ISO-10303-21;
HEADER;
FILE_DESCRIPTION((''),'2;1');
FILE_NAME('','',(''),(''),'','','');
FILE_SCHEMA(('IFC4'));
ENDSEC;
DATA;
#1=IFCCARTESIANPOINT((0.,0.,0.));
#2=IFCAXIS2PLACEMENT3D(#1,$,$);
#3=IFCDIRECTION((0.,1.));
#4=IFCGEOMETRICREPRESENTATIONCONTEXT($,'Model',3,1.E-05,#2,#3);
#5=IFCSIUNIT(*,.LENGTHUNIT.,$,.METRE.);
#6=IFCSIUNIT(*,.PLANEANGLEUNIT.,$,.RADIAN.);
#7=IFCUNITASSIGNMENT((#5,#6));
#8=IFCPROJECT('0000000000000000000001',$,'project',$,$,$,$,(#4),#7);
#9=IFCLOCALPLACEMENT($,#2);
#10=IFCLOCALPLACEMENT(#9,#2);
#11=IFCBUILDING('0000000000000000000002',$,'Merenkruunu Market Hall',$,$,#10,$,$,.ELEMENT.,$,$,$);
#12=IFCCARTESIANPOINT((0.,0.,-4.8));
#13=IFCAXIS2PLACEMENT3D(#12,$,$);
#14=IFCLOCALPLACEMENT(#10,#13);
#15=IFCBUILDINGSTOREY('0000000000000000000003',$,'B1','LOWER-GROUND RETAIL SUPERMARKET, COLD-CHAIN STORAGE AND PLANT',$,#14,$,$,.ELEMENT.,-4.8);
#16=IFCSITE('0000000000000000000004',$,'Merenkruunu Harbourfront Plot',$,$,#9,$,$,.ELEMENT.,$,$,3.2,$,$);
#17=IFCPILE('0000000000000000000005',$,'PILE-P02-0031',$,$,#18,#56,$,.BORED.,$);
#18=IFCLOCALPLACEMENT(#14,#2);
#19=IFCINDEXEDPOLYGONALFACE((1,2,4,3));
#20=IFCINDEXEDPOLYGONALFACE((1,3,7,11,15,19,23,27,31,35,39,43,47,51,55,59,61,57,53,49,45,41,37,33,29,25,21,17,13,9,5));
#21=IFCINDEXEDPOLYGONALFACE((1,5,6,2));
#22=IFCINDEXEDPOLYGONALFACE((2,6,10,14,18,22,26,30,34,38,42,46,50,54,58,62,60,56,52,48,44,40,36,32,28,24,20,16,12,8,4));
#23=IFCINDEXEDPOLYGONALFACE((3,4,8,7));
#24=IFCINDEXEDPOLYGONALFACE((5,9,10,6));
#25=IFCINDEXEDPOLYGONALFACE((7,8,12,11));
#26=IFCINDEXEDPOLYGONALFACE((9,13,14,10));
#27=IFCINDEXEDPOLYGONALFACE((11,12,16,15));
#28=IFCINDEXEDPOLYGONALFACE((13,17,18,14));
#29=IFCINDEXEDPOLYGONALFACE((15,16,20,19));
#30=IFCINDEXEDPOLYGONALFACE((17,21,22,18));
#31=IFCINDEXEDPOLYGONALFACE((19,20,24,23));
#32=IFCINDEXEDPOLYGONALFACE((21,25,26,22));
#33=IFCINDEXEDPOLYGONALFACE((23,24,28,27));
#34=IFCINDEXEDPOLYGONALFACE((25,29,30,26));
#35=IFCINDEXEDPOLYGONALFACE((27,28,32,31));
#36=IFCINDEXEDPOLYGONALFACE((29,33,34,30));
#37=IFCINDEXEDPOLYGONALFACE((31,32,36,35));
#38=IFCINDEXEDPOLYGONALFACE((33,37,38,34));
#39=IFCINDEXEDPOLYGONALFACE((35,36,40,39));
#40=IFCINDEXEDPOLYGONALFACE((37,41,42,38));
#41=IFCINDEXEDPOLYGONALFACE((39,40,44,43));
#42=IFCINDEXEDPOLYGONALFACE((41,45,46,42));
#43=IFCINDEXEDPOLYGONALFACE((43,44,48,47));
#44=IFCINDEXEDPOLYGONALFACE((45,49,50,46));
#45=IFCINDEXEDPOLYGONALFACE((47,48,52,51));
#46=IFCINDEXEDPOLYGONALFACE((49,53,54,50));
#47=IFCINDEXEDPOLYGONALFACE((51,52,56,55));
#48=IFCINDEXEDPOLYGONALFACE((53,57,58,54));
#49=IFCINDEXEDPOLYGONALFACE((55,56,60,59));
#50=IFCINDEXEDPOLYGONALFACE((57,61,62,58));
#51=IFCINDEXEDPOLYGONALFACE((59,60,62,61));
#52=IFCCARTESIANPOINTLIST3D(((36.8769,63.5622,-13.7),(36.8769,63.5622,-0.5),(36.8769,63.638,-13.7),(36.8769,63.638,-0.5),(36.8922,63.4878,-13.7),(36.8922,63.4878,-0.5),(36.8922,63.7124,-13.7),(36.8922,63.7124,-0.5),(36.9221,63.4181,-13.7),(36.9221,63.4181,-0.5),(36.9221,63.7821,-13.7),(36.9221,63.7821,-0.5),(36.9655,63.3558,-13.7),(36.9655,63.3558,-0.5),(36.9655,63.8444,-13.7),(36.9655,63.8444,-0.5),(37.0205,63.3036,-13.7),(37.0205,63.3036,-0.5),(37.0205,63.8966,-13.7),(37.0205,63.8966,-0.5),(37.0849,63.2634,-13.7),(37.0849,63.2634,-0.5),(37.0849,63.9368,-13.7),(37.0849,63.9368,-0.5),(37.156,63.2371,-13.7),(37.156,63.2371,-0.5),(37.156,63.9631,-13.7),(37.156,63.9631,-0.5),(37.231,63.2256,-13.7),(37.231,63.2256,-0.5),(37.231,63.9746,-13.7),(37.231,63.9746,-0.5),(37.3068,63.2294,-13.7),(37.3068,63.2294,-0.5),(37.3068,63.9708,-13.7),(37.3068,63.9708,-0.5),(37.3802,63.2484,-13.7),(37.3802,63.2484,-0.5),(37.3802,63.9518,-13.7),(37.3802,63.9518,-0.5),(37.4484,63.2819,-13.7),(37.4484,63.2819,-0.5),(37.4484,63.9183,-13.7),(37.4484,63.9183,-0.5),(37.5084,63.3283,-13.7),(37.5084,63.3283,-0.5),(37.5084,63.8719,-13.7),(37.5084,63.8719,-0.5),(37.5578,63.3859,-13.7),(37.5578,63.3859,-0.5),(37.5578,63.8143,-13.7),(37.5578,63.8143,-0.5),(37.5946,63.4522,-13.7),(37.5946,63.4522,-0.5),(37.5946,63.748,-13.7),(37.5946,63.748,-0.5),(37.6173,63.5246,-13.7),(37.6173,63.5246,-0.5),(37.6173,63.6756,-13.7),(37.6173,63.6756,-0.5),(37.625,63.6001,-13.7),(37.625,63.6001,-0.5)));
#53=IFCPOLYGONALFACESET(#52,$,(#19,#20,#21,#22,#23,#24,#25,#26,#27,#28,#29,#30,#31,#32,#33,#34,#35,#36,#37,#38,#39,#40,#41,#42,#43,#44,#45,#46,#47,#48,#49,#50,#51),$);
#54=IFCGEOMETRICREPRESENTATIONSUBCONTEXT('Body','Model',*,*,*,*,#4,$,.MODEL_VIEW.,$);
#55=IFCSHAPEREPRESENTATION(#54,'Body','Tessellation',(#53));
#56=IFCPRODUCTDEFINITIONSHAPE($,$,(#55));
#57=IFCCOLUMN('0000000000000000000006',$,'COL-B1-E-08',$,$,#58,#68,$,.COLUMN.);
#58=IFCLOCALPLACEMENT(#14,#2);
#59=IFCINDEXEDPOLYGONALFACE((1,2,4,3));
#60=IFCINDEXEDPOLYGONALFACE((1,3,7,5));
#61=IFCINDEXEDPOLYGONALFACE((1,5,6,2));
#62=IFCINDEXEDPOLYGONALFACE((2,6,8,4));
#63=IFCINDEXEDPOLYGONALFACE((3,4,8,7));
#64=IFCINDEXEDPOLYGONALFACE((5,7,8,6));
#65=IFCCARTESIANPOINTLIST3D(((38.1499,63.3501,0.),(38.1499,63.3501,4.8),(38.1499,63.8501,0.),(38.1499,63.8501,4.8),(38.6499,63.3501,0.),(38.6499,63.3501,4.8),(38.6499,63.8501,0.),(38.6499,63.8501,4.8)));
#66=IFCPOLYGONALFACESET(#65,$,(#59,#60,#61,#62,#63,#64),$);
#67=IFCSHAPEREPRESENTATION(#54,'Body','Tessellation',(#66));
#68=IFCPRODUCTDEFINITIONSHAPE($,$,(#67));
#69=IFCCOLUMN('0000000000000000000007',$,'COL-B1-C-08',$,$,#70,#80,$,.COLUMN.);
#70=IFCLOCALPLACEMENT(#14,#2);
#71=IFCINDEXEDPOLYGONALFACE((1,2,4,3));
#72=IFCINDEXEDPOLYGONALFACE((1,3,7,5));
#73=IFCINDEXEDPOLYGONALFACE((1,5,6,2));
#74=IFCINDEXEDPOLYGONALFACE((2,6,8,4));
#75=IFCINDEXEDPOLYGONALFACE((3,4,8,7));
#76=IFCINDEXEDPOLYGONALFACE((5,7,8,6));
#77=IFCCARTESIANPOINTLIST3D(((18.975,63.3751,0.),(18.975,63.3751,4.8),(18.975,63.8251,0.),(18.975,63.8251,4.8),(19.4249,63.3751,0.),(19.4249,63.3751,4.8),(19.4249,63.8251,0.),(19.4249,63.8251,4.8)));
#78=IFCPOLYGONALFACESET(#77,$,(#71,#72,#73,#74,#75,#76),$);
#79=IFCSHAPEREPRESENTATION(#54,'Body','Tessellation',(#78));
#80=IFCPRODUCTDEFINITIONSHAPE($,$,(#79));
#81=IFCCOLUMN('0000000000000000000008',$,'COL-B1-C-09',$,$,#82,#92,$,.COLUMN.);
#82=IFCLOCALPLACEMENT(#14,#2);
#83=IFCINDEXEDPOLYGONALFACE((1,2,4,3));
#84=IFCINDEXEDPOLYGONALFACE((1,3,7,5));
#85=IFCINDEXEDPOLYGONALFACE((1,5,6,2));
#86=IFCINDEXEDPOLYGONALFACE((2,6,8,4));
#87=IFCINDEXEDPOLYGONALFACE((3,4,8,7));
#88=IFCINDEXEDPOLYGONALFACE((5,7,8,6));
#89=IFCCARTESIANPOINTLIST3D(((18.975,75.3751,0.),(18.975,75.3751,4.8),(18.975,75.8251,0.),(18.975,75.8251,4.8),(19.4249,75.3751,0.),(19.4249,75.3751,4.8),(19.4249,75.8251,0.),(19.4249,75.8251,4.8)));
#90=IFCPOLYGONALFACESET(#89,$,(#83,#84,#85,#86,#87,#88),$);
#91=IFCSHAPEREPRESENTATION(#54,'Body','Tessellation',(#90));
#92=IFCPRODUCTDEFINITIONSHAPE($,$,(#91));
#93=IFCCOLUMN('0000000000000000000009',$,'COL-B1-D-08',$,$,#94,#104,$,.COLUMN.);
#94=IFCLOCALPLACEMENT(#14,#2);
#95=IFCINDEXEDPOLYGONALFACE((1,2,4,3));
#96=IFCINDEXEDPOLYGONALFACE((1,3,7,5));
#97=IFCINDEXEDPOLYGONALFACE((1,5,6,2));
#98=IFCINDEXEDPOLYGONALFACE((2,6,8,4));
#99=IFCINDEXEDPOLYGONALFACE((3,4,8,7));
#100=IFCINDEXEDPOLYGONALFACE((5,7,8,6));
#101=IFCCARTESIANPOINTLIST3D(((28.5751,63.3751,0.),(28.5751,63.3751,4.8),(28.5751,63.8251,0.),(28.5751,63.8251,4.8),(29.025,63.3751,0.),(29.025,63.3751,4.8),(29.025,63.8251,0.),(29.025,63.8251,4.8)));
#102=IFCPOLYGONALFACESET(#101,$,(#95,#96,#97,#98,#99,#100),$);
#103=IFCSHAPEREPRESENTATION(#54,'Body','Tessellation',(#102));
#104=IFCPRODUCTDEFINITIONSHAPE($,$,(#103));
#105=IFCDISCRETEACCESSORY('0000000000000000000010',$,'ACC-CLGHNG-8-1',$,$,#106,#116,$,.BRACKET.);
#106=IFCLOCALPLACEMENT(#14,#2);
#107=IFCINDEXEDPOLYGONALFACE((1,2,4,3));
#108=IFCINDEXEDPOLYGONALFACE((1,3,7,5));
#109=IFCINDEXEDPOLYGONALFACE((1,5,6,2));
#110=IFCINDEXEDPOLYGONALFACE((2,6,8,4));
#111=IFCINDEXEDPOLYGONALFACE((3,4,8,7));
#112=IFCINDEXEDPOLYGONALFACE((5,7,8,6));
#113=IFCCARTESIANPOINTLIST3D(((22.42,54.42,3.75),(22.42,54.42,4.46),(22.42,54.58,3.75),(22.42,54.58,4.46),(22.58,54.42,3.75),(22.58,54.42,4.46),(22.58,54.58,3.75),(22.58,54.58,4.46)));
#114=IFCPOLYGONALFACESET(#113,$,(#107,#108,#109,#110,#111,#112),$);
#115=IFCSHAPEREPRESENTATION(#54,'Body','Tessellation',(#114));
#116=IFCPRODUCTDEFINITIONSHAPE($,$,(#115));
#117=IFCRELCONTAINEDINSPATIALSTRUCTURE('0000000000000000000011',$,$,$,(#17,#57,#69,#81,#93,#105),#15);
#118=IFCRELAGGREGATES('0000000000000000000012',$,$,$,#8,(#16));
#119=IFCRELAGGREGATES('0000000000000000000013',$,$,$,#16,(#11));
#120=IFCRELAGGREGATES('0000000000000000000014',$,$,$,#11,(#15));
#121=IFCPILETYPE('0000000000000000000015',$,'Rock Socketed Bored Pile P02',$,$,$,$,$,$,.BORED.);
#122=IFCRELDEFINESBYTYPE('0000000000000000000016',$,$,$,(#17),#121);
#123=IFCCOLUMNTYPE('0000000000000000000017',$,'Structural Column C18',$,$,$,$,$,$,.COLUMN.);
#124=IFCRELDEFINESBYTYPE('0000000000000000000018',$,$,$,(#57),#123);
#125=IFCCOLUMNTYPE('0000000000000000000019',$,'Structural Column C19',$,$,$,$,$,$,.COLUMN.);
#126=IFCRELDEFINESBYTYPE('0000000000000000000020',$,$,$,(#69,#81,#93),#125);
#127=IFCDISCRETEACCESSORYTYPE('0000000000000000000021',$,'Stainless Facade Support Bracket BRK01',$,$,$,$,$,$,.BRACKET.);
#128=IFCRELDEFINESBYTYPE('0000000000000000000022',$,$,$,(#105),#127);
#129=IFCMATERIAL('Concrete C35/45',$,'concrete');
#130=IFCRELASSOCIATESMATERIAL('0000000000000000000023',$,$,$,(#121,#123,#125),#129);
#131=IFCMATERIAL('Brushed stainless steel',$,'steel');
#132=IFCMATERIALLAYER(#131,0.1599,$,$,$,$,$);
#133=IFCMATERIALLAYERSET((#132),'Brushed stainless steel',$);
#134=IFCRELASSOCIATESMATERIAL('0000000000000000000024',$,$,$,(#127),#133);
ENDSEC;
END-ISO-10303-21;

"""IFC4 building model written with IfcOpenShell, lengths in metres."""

from ifc_helpers import new_model, si_unit, direction, frame, origin, origin_2d, place, context, subcontext, project, spatial, rectangle, circle, extrude, material, layer, layer_set, material_profile, profile_set, type_object, element, save


model = new_model("IFC4")

# Units and contexts
model_context = context("Model", 3, precision=1e-05, world=origin(), true_north=direction((0.0, 1.0)))
body_context = subcontext(model_context, "Body", "Model", "MODEL_VIEW")
ifc_project = project(units=[si_unit("LENGTHUNIT", "METRE"), si_unit("PLANEANGLEUNIT", "RADIAN")], contexts=[model_context])

# Site, building, storey
site_placement = place(None, origin())
site = spatial("IfcSite", under=ifc_project, at=site_placement, Name="Merenkruunu Harbourfront Plot", CompositionType="ELEMENT", RefElevation=3.2)
building_placement = place(site_placement, origin())
building = spatial("IfcBuilding", under=site, at=building_placement, Name="Merenkruunu Market Hall", CompositionType="ELEMENT")
storey_placement = place(building_placement, frame((0.0, 0.0, -4.8)))
storey = spatial("IfcBuildingStorey", under=building, at=storey_placement, Name="B1", Description="LOWER-GROUND RETAIL SUPERMARKET, COLD-CHAIN STORAGE AND PLANT", CompositionType="ELEMENT", Elevation=-4.8)

# Pile
ifc_material_1 = material(Name="Concrete C35/45", Category="concrete")
ifc_material_profile_1 = material_profile(ifc_material_1, circle(Radius=0.375, at=origin_2d()), Name="BORED PILE 750")
ifc_profile_set_1 = profile_set([ifc_material_profile_1], Name="Concrete C35/45")
pile_type = type_object("IfcPileType", Name="Rock Socketed Bored Pile P02", PredefinedType="BORED", material=ifc_profile_set_1)
for number, where, z_axis, x_axis, name in (
    (1, (37.25, 63.6001, -0.5), (0.0, 0.0, -1.0), (1.0, 0.0, 0.0), "PILE-P02-0031"),
):
    element("IfcPile", number, at=place(storey_placement, frame(where, z_axis=z_axis, x_axis=x_axis)), inside=storey, type_object=pile_type, Name=name, PredefinedType="BORED", context=body_context, shape_type="SweptSolid", body=[
        extrude(circle(Radius=0.375, at=origin_2d()), origin(), (0.0, 0.0, 1.0), 13.2),
    ])

# Columns
ifc_material_profile_2 = material_profile(ifc_material_1, rectangle(XDim=0.5, YDim=0.5, at=origin_2d()), Name="RC 500x500")
ifc_profile_set_2 = profile_set([ifc_material_profile_2], Name="Concrete C35/45")
column_type_1 = type_object("IfcColumnType", Name="Structural Column C18", PredefinedType="COLUMN", material=ifc_profile_set_2)
column_placement = place(storey_placement, frame((38.3999, 63.6001, 0.0), z_axis=(0.0, 0.0, 1.0), x_axis=(1.0, 0.0, 0.0)))
element("IfcColumn", 2, at=column_placement, inside=storey, type_object=column_type_1, Name="COL-B1-E-08", PredefinedType="COLUMN", context=body_context, shape_type="SweptSolid", body=[
    extrude(rectangle(XDim=0.5, YDim=0.5, at=origin_2d()), origin(), (0.0, 0.0, 1.0), 4.8),
])
ifc_material_profile_3 = material_profile(ifc_material_1, rectangle(XDim=0.45, YDim=0.45, at=origin_2d()), Name="RC 450x450")
ifc_profile_set_3 = profile_set([ifc_material_profile_3], Name="Concrete C35/45")
column_type_2 = type_object("IfcColumnType", Name="Structural Column C19", PredefinedType="COLUMN", material=ifc_profile_set_3)
for number, where, z_axis, x_axis, name in (
    (3, (19.2, 63.6001, 0.0), (0.0, 0.0, 1.0), (1.0, 0.0, 0.0), "COL-B1-C-08"),
    (4, (19.2, 75.6001, 0.0), (0.0, 0.0, 1.0), (1.0, 0.0, 0.0), "COL-B1-C-09"),
    (5, (28.8, 63.6001, 0.0), (0.0, 0.0, 1.0), (1.0, 0.0, 0.0), "COL-B1-D-08"),
):
    element("IfcColumn", number, at=place(storey_placement, frame(where, z_axis=z_axis, x_axis=x_axis)), inside=storey, type_object=column_type_2, Name=name, PredefinedType="COLUMN", context=body_context, shape_type="SweptSolid", body=[
        extrude(rectangle(XDim=0.45, YDim=0.45, at=origin_2d()), origin(), (0.0, 0.0, 1.0), 4.8),
    ])

# Discrete accessory
ifc_material_2 = material(Name="Brushed stainless steel", Category="steel")
ifc_layer = layer(ifc_material_2, 0.1599)
ifc_layer_set = layer_set([ifc_layer], Name="Brushed stainless steel")
discrete_accessory_type = type_object("IfcDiscreteAccessoryType", Name="Stainless Facade Support Bracket BRK01", PredefinedType="BRACKET", material=ifc_layer_set)
discrete_accessory_placement = place(storey_placement, frame((22.5, 54.5, 3.75), z_axis=(0.0, 0.0, 1.0), x_axis=(1.0, 0.0, 0.0)))
element("IfcDiscreteAccessory", 6, at=discrete_accessory_placement, inside=storey, type_object=discrete_accessory_type, Name="ACC-CLGHNG-8-1", PredefinedType="BRACKET", context=body_context, shape_type="SweptSolid", body=[
    extrude(rectangle(XDim=0.1599, YDim=0.1599, at=origin_2d()), origin(), (0.0, 0.0, 1.0), 0.71),
])

save(model, "model.ifc")
